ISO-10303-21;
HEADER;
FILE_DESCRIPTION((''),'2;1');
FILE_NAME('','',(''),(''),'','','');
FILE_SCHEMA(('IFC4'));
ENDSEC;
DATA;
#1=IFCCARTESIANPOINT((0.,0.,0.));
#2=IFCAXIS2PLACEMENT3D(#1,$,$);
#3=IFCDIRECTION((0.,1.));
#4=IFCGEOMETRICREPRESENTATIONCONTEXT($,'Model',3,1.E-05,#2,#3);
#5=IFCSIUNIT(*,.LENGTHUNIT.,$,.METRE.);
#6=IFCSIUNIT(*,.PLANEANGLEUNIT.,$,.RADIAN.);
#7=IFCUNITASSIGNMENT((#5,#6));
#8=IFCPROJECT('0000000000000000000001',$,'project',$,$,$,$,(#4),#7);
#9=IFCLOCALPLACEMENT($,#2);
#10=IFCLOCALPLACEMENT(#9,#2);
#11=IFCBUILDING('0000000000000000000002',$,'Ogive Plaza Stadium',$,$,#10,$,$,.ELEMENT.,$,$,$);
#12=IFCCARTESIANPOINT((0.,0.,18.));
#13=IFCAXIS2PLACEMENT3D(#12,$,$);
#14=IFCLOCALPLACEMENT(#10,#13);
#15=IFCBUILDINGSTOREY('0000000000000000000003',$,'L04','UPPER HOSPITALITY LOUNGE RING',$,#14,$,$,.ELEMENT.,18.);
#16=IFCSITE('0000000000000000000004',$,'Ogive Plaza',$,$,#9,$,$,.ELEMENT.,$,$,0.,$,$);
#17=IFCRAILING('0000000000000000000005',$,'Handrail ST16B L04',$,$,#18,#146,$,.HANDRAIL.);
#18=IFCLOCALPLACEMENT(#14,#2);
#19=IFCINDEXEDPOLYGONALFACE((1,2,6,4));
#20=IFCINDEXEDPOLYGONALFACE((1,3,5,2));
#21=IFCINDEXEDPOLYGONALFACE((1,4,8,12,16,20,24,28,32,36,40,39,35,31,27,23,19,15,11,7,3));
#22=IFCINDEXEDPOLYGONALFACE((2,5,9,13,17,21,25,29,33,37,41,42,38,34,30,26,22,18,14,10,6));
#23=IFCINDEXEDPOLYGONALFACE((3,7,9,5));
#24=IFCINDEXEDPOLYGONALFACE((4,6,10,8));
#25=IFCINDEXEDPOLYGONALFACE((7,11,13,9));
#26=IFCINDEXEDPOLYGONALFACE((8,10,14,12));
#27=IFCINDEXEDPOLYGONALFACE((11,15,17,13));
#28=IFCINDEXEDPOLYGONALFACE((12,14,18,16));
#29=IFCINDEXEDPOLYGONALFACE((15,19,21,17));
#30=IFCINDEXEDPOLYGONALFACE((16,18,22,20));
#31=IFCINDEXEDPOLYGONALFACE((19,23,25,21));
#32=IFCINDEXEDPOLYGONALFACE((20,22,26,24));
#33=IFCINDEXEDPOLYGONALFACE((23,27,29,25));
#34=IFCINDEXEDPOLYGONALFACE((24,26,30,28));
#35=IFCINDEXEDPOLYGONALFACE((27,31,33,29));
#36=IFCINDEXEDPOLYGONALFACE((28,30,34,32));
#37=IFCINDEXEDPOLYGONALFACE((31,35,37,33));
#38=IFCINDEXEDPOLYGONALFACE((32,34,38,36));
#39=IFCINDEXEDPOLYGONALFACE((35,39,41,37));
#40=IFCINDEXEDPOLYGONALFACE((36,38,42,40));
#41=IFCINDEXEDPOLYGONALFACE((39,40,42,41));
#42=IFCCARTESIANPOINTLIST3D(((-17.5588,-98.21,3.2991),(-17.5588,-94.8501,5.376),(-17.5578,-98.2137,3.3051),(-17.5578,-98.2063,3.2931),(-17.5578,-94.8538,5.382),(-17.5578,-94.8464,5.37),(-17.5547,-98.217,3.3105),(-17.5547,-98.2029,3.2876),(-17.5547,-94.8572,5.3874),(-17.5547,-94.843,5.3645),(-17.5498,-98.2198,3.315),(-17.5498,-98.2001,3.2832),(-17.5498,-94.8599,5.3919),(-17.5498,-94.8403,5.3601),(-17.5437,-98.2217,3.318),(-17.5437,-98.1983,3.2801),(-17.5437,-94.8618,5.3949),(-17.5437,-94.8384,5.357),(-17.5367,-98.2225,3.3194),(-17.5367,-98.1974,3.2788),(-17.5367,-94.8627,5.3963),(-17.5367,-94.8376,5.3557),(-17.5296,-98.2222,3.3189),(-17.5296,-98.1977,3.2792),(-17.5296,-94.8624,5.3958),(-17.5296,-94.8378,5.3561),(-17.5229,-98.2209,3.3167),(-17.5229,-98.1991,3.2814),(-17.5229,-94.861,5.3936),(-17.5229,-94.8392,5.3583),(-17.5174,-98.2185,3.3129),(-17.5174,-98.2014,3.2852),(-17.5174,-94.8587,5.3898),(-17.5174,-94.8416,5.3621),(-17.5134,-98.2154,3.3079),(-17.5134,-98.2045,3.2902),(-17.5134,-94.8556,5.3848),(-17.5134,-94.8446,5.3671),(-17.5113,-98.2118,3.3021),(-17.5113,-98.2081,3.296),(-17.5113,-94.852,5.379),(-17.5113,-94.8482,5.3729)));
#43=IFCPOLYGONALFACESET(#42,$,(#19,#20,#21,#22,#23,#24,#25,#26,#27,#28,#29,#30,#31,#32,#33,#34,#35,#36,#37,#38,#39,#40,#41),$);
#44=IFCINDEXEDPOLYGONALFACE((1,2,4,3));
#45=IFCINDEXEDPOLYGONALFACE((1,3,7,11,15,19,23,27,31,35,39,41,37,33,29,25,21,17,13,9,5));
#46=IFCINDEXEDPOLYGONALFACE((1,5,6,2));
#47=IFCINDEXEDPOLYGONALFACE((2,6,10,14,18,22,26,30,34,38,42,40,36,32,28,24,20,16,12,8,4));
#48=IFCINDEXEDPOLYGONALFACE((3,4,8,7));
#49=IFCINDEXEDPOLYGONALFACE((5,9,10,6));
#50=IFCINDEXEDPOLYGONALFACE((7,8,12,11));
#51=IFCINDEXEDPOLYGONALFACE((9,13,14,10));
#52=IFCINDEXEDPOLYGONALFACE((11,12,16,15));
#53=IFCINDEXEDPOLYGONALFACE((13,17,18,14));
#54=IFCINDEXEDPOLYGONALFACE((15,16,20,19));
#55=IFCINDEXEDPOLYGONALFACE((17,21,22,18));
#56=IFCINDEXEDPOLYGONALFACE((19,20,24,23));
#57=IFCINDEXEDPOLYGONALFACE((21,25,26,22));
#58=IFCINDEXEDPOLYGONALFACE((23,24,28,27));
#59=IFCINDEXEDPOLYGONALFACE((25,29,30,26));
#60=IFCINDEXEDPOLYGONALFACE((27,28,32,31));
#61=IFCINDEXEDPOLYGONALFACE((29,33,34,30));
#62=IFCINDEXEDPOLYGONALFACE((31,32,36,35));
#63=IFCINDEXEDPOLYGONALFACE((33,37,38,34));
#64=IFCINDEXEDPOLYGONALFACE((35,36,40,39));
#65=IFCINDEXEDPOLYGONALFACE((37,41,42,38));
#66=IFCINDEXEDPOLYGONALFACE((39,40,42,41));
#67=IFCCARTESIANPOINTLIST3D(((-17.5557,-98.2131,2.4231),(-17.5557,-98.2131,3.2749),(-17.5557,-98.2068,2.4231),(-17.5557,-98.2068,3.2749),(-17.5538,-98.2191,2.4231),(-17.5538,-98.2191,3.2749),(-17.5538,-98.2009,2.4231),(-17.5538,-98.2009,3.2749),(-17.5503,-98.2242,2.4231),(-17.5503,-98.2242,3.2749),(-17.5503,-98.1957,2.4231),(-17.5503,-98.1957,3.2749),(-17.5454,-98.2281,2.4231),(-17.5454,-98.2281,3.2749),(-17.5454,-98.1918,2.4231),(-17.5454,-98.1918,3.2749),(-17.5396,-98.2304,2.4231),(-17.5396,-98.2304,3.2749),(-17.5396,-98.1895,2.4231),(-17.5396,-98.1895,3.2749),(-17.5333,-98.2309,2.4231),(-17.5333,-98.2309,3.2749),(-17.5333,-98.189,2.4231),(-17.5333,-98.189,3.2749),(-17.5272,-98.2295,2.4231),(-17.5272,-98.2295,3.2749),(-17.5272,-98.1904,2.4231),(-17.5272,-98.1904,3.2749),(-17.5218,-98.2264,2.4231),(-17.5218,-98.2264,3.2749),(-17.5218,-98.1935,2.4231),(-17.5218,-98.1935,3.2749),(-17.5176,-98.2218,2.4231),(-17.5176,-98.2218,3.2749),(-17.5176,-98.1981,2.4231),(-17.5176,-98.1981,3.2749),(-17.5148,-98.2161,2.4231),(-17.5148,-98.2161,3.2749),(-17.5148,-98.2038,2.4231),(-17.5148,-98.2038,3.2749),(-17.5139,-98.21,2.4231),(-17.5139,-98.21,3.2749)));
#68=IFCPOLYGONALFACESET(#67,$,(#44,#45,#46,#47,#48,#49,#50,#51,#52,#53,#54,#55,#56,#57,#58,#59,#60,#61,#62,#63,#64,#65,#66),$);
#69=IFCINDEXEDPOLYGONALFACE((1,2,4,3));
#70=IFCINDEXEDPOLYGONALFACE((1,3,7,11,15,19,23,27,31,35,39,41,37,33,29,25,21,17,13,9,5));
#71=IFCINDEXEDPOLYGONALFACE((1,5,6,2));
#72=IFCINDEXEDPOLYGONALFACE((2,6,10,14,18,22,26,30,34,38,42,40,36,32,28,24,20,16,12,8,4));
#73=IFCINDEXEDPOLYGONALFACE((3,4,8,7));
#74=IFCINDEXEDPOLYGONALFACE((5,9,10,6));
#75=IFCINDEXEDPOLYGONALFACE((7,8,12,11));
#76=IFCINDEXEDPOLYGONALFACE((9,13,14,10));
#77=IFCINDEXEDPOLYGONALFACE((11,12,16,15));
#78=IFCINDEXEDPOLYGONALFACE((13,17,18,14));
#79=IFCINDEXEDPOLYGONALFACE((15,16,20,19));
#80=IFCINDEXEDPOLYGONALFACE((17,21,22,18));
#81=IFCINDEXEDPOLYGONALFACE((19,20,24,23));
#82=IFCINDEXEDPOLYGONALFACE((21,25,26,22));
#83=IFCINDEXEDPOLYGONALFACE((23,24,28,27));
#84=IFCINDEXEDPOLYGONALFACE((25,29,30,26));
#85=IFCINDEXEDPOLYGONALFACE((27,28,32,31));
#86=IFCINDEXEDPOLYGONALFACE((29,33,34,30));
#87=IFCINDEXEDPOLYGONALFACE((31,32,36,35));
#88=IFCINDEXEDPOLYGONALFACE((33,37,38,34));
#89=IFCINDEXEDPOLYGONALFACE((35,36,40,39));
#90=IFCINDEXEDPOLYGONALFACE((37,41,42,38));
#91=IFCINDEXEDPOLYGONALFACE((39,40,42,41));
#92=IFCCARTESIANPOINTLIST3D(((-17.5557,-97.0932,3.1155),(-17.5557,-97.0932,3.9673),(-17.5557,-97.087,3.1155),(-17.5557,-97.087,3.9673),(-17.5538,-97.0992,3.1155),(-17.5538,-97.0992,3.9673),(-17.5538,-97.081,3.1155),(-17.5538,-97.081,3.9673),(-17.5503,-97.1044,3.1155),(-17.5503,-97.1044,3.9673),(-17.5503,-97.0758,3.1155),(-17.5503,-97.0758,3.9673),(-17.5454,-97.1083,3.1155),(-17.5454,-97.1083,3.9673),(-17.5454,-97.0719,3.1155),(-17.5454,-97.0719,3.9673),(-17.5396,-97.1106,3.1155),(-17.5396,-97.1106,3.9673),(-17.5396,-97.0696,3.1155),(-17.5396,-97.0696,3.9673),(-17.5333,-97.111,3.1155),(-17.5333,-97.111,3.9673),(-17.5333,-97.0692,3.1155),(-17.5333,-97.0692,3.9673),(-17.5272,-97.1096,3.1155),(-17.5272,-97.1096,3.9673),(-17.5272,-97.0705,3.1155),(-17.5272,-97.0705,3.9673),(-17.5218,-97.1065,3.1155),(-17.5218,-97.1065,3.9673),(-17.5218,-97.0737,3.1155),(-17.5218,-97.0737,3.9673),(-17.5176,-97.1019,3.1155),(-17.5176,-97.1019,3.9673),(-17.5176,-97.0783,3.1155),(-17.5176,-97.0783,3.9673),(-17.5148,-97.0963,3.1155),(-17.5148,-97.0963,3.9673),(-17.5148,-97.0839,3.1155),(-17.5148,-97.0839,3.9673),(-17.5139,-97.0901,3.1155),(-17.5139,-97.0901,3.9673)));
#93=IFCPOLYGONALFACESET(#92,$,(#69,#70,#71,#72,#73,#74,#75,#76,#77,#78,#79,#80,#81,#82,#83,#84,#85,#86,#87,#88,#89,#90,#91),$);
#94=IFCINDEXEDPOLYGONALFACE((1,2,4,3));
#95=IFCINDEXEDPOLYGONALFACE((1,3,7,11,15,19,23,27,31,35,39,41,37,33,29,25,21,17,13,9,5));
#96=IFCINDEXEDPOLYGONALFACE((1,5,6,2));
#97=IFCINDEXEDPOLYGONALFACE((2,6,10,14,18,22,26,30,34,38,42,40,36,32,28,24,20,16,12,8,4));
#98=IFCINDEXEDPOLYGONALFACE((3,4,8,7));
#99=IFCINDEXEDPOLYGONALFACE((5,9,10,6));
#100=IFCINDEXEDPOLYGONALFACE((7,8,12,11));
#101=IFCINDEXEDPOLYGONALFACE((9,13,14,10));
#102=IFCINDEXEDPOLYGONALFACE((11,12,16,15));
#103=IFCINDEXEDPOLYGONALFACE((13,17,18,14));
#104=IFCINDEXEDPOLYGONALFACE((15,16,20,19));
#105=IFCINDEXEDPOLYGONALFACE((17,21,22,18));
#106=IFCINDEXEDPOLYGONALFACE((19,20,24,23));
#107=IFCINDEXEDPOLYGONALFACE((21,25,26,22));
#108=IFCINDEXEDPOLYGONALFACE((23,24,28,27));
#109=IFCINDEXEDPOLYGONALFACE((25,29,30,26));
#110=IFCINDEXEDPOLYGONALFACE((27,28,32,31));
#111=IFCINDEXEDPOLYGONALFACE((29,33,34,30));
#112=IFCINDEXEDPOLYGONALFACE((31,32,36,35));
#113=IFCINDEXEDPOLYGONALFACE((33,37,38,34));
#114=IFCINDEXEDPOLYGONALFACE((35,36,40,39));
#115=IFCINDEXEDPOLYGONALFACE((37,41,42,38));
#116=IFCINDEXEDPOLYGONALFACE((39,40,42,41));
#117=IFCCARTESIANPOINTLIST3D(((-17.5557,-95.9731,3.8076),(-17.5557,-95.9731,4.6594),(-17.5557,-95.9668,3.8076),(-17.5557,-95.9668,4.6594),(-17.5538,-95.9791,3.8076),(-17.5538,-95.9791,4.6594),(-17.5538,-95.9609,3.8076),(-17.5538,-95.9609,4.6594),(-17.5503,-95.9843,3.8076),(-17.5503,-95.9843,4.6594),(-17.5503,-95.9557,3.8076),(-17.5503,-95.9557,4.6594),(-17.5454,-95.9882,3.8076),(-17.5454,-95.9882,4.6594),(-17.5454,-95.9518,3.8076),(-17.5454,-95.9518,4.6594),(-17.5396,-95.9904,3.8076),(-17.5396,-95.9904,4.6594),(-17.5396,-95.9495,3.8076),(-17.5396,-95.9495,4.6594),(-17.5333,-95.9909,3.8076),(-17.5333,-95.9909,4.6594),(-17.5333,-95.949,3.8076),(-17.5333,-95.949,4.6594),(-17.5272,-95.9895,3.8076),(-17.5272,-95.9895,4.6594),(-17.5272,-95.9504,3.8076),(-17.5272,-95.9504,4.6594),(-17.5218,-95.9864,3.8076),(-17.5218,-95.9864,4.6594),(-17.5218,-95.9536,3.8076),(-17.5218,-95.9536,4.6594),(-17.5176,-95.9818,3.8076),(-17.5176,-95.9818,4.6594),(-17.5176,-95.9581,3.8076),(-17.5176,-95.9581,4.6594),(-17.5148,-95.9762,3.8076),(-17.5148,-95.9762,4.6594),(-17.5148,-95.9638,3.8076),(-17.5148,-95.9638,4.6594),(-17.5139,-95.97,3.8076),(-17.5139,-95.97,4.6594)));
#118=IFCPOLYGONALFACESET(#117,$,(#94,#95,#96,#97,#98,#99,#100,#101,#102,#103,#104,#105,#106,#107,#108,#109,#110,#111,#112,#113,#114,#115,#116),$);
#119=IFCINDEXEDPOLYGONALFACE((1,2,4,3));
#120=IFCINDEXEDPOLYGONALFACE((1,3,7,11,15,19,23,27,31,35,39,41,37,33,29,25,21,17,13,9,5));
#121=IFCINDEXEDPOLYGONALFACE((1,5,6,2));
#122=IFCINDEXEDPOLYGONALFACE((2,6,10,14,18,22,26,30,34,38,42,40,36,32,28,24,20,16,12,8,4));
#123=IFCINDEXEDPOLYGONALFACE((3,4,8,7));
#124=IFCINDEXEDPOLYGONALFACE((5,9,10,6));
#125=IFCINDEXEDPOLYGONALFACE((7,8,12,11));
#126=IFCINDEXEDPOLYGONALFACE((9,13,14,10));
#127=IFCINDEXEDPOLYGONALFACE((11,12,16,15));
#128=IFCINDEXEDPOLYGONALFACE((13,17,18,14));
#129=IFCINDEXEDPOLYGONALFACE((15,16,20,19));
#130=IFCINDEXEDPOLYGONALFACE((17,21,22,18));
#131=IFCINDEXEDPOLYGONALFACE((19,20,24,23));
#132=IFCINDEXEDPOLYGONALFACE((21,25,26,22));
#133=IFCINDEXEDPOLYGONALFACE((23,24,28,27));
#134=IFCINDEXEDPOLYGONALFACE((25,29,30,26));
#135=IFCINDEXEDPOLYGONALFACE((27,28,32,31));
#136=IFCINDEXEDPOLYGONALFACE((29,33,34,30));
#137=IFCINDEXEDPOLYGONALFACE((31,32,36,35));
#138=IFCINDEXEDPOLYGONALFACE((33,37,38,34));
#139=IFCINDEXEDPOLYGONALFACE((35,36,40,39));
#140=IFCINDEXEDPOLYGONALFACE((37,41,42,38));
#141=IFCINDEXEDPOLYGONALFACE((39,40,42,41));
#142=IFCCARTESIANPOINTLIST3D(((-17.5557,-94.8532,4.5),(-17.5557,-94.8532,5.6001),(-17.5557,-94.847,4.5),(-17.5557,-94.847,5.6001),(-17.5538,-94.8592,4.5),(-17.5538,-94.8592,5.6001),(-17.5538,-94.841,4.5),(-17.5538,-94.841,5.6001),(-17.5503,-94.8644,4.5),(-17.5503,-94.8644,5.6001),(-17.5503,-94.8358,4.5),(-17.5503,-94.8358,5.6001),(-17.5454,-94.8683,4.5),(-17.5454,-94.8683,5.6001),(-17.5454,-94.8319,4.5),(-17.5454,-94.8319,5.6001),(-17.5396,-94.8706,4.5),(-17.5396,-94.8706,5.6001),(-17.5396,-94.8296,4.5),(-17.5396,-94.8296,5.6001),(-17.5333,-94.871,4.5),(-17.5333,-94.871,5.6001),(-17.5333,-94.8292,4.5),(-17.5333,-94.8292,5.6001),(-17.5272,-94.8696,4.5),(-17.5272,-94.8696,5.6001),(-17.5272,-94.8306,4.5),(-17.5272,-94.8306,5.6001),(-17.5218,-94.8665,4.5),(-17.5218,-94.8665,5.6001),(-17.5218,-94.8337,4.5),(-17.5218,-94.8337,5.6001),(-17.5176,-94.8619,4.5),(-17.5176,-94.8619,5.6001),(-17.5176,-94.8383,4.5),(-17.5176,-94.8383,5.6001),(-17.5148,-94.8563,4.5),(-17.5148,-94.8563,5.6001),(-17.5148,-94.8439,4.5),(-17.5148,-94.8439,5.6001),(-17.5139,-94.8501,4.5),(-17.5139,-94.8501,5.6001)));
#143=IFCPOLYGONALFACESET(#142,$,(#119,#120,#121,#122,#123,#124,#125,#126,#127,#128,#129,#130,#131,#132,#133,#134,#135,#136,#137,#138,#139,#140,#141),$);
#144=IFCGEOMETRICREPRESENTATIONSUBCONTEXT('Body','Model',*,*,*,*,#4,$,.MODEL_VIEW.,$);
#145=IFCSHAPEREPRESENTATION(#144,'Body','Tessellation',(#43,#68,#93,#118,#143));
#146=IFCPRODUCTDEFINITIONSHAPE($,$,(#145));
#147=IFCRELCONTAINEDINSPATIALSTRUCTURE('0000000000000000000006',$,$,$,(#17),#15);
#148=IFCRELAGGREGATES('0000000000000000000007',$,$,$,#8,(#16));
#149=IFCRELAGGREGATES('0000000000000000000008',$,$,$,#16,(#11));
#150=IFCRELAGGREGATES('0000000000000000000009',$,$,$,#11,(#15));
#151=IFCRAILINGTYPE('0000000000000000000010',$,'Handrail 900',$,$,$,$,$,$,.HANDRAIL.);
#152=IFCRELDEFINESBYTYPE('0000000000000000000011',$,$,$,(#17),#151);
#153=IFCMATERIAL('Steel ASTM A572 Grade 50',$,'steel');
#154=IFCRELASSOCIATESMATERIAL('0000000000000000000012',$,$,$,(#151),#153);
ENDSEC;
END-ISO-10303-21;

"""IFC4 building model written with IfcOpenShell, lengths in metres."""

from ifc_helpers import new_model, si_unit, direction, frame, origin, origin_2d, place, context, subcontext, project, spatial, circle, extrude, material, type_object, element, save


model = new_model("IFC4")

# Units and contexts
model_context = context("Model", 3, precision=1e-05, world=origin(), true_north=direction((0.0, 1.0)))
body_context = subcontext(model_context, "Body", "Model", "MODEL_VIEW")
ifc_project = project(units=[si_unit("LENGTHUNIT", "METRE"), si_unit("PLANEANGLEUNIT", "RADIAN")], contexts=[model_context])

# Site, building, storey
site_placement = place(None, origin())
site = spatial("IfcSite", under=ifc_project, at=site_placement, Name="Ogive Plaza", CompositionType="ELEMENT", RefElevation=0.0)
building_placement = place(site_placement, origin())
building = spatial("IfcBuilding", under=site, at=building_placement, Name="Ogive Plaza Stadium", CompositionType="ELEMENT")
storey_placement = place(building_placement, frame((0.0, 0.0, 18.0)))
storey = spatial("IfcBuildingStorey", under=building, at=storey_placement, Name="L04", Description="UPPER HOSPITALITY LOUNGE RING", CompositionType="ELEMENT", Elevation=18.0)

# Railing
ifc_material_1 = material(Name="Steel ASTM A572 Grade 50", Category="steel")
railing_type_1 = type_object("IfcRailingType", Name="Handrail 900", PredefinedType="HANDRAIL", material=ifc_material_1)
for number, where, name in (
    (1, (-17.5349, -98.21, 2.4231), "Handrail ST16B L04"),
):
    element("IfcRailing", number, at=place(storey_placement, frame(where)), inside=storey, type_object=railing_type_1, Name=name, PredefinedType="HANDRAIL", context=body_context, shape_type="SweptSolid", body=[
        extrude(circle(Radius=0.0239, at=origin_2d()), frame((0.0, 0.0, 0.876), z_axis=(0.0, 0.850606, 0.525803), x_axis=(-1.0, 0.0, 0.0)), (0.0, 0.0, 1.0), 3.95),
        extrude(circle(Radius=0.021, at=origin_2d()), origin(), (0.0, 0.0, 1.0), 0.8518),
        extrude(circle(Radius=0.021, at=origin_2d()), frame((0.0, 1.1199, 0.6924)), (0.0, 0.0, 1.0), 0.8518),
        extrude(circle(Radius=0.021, at=origin_2d()), frame((0.0, 2.24, 1.3845)), (0.0, 0.0, 1.0), 0.8518),
        extrude(circle(Radius=0.021, at=origin_2d()), frame((0.0, 3.3599, 2.0769)), (0.0, 0.0, 1.0), 1.1001),
    ])

save(model, "model.ifc")
